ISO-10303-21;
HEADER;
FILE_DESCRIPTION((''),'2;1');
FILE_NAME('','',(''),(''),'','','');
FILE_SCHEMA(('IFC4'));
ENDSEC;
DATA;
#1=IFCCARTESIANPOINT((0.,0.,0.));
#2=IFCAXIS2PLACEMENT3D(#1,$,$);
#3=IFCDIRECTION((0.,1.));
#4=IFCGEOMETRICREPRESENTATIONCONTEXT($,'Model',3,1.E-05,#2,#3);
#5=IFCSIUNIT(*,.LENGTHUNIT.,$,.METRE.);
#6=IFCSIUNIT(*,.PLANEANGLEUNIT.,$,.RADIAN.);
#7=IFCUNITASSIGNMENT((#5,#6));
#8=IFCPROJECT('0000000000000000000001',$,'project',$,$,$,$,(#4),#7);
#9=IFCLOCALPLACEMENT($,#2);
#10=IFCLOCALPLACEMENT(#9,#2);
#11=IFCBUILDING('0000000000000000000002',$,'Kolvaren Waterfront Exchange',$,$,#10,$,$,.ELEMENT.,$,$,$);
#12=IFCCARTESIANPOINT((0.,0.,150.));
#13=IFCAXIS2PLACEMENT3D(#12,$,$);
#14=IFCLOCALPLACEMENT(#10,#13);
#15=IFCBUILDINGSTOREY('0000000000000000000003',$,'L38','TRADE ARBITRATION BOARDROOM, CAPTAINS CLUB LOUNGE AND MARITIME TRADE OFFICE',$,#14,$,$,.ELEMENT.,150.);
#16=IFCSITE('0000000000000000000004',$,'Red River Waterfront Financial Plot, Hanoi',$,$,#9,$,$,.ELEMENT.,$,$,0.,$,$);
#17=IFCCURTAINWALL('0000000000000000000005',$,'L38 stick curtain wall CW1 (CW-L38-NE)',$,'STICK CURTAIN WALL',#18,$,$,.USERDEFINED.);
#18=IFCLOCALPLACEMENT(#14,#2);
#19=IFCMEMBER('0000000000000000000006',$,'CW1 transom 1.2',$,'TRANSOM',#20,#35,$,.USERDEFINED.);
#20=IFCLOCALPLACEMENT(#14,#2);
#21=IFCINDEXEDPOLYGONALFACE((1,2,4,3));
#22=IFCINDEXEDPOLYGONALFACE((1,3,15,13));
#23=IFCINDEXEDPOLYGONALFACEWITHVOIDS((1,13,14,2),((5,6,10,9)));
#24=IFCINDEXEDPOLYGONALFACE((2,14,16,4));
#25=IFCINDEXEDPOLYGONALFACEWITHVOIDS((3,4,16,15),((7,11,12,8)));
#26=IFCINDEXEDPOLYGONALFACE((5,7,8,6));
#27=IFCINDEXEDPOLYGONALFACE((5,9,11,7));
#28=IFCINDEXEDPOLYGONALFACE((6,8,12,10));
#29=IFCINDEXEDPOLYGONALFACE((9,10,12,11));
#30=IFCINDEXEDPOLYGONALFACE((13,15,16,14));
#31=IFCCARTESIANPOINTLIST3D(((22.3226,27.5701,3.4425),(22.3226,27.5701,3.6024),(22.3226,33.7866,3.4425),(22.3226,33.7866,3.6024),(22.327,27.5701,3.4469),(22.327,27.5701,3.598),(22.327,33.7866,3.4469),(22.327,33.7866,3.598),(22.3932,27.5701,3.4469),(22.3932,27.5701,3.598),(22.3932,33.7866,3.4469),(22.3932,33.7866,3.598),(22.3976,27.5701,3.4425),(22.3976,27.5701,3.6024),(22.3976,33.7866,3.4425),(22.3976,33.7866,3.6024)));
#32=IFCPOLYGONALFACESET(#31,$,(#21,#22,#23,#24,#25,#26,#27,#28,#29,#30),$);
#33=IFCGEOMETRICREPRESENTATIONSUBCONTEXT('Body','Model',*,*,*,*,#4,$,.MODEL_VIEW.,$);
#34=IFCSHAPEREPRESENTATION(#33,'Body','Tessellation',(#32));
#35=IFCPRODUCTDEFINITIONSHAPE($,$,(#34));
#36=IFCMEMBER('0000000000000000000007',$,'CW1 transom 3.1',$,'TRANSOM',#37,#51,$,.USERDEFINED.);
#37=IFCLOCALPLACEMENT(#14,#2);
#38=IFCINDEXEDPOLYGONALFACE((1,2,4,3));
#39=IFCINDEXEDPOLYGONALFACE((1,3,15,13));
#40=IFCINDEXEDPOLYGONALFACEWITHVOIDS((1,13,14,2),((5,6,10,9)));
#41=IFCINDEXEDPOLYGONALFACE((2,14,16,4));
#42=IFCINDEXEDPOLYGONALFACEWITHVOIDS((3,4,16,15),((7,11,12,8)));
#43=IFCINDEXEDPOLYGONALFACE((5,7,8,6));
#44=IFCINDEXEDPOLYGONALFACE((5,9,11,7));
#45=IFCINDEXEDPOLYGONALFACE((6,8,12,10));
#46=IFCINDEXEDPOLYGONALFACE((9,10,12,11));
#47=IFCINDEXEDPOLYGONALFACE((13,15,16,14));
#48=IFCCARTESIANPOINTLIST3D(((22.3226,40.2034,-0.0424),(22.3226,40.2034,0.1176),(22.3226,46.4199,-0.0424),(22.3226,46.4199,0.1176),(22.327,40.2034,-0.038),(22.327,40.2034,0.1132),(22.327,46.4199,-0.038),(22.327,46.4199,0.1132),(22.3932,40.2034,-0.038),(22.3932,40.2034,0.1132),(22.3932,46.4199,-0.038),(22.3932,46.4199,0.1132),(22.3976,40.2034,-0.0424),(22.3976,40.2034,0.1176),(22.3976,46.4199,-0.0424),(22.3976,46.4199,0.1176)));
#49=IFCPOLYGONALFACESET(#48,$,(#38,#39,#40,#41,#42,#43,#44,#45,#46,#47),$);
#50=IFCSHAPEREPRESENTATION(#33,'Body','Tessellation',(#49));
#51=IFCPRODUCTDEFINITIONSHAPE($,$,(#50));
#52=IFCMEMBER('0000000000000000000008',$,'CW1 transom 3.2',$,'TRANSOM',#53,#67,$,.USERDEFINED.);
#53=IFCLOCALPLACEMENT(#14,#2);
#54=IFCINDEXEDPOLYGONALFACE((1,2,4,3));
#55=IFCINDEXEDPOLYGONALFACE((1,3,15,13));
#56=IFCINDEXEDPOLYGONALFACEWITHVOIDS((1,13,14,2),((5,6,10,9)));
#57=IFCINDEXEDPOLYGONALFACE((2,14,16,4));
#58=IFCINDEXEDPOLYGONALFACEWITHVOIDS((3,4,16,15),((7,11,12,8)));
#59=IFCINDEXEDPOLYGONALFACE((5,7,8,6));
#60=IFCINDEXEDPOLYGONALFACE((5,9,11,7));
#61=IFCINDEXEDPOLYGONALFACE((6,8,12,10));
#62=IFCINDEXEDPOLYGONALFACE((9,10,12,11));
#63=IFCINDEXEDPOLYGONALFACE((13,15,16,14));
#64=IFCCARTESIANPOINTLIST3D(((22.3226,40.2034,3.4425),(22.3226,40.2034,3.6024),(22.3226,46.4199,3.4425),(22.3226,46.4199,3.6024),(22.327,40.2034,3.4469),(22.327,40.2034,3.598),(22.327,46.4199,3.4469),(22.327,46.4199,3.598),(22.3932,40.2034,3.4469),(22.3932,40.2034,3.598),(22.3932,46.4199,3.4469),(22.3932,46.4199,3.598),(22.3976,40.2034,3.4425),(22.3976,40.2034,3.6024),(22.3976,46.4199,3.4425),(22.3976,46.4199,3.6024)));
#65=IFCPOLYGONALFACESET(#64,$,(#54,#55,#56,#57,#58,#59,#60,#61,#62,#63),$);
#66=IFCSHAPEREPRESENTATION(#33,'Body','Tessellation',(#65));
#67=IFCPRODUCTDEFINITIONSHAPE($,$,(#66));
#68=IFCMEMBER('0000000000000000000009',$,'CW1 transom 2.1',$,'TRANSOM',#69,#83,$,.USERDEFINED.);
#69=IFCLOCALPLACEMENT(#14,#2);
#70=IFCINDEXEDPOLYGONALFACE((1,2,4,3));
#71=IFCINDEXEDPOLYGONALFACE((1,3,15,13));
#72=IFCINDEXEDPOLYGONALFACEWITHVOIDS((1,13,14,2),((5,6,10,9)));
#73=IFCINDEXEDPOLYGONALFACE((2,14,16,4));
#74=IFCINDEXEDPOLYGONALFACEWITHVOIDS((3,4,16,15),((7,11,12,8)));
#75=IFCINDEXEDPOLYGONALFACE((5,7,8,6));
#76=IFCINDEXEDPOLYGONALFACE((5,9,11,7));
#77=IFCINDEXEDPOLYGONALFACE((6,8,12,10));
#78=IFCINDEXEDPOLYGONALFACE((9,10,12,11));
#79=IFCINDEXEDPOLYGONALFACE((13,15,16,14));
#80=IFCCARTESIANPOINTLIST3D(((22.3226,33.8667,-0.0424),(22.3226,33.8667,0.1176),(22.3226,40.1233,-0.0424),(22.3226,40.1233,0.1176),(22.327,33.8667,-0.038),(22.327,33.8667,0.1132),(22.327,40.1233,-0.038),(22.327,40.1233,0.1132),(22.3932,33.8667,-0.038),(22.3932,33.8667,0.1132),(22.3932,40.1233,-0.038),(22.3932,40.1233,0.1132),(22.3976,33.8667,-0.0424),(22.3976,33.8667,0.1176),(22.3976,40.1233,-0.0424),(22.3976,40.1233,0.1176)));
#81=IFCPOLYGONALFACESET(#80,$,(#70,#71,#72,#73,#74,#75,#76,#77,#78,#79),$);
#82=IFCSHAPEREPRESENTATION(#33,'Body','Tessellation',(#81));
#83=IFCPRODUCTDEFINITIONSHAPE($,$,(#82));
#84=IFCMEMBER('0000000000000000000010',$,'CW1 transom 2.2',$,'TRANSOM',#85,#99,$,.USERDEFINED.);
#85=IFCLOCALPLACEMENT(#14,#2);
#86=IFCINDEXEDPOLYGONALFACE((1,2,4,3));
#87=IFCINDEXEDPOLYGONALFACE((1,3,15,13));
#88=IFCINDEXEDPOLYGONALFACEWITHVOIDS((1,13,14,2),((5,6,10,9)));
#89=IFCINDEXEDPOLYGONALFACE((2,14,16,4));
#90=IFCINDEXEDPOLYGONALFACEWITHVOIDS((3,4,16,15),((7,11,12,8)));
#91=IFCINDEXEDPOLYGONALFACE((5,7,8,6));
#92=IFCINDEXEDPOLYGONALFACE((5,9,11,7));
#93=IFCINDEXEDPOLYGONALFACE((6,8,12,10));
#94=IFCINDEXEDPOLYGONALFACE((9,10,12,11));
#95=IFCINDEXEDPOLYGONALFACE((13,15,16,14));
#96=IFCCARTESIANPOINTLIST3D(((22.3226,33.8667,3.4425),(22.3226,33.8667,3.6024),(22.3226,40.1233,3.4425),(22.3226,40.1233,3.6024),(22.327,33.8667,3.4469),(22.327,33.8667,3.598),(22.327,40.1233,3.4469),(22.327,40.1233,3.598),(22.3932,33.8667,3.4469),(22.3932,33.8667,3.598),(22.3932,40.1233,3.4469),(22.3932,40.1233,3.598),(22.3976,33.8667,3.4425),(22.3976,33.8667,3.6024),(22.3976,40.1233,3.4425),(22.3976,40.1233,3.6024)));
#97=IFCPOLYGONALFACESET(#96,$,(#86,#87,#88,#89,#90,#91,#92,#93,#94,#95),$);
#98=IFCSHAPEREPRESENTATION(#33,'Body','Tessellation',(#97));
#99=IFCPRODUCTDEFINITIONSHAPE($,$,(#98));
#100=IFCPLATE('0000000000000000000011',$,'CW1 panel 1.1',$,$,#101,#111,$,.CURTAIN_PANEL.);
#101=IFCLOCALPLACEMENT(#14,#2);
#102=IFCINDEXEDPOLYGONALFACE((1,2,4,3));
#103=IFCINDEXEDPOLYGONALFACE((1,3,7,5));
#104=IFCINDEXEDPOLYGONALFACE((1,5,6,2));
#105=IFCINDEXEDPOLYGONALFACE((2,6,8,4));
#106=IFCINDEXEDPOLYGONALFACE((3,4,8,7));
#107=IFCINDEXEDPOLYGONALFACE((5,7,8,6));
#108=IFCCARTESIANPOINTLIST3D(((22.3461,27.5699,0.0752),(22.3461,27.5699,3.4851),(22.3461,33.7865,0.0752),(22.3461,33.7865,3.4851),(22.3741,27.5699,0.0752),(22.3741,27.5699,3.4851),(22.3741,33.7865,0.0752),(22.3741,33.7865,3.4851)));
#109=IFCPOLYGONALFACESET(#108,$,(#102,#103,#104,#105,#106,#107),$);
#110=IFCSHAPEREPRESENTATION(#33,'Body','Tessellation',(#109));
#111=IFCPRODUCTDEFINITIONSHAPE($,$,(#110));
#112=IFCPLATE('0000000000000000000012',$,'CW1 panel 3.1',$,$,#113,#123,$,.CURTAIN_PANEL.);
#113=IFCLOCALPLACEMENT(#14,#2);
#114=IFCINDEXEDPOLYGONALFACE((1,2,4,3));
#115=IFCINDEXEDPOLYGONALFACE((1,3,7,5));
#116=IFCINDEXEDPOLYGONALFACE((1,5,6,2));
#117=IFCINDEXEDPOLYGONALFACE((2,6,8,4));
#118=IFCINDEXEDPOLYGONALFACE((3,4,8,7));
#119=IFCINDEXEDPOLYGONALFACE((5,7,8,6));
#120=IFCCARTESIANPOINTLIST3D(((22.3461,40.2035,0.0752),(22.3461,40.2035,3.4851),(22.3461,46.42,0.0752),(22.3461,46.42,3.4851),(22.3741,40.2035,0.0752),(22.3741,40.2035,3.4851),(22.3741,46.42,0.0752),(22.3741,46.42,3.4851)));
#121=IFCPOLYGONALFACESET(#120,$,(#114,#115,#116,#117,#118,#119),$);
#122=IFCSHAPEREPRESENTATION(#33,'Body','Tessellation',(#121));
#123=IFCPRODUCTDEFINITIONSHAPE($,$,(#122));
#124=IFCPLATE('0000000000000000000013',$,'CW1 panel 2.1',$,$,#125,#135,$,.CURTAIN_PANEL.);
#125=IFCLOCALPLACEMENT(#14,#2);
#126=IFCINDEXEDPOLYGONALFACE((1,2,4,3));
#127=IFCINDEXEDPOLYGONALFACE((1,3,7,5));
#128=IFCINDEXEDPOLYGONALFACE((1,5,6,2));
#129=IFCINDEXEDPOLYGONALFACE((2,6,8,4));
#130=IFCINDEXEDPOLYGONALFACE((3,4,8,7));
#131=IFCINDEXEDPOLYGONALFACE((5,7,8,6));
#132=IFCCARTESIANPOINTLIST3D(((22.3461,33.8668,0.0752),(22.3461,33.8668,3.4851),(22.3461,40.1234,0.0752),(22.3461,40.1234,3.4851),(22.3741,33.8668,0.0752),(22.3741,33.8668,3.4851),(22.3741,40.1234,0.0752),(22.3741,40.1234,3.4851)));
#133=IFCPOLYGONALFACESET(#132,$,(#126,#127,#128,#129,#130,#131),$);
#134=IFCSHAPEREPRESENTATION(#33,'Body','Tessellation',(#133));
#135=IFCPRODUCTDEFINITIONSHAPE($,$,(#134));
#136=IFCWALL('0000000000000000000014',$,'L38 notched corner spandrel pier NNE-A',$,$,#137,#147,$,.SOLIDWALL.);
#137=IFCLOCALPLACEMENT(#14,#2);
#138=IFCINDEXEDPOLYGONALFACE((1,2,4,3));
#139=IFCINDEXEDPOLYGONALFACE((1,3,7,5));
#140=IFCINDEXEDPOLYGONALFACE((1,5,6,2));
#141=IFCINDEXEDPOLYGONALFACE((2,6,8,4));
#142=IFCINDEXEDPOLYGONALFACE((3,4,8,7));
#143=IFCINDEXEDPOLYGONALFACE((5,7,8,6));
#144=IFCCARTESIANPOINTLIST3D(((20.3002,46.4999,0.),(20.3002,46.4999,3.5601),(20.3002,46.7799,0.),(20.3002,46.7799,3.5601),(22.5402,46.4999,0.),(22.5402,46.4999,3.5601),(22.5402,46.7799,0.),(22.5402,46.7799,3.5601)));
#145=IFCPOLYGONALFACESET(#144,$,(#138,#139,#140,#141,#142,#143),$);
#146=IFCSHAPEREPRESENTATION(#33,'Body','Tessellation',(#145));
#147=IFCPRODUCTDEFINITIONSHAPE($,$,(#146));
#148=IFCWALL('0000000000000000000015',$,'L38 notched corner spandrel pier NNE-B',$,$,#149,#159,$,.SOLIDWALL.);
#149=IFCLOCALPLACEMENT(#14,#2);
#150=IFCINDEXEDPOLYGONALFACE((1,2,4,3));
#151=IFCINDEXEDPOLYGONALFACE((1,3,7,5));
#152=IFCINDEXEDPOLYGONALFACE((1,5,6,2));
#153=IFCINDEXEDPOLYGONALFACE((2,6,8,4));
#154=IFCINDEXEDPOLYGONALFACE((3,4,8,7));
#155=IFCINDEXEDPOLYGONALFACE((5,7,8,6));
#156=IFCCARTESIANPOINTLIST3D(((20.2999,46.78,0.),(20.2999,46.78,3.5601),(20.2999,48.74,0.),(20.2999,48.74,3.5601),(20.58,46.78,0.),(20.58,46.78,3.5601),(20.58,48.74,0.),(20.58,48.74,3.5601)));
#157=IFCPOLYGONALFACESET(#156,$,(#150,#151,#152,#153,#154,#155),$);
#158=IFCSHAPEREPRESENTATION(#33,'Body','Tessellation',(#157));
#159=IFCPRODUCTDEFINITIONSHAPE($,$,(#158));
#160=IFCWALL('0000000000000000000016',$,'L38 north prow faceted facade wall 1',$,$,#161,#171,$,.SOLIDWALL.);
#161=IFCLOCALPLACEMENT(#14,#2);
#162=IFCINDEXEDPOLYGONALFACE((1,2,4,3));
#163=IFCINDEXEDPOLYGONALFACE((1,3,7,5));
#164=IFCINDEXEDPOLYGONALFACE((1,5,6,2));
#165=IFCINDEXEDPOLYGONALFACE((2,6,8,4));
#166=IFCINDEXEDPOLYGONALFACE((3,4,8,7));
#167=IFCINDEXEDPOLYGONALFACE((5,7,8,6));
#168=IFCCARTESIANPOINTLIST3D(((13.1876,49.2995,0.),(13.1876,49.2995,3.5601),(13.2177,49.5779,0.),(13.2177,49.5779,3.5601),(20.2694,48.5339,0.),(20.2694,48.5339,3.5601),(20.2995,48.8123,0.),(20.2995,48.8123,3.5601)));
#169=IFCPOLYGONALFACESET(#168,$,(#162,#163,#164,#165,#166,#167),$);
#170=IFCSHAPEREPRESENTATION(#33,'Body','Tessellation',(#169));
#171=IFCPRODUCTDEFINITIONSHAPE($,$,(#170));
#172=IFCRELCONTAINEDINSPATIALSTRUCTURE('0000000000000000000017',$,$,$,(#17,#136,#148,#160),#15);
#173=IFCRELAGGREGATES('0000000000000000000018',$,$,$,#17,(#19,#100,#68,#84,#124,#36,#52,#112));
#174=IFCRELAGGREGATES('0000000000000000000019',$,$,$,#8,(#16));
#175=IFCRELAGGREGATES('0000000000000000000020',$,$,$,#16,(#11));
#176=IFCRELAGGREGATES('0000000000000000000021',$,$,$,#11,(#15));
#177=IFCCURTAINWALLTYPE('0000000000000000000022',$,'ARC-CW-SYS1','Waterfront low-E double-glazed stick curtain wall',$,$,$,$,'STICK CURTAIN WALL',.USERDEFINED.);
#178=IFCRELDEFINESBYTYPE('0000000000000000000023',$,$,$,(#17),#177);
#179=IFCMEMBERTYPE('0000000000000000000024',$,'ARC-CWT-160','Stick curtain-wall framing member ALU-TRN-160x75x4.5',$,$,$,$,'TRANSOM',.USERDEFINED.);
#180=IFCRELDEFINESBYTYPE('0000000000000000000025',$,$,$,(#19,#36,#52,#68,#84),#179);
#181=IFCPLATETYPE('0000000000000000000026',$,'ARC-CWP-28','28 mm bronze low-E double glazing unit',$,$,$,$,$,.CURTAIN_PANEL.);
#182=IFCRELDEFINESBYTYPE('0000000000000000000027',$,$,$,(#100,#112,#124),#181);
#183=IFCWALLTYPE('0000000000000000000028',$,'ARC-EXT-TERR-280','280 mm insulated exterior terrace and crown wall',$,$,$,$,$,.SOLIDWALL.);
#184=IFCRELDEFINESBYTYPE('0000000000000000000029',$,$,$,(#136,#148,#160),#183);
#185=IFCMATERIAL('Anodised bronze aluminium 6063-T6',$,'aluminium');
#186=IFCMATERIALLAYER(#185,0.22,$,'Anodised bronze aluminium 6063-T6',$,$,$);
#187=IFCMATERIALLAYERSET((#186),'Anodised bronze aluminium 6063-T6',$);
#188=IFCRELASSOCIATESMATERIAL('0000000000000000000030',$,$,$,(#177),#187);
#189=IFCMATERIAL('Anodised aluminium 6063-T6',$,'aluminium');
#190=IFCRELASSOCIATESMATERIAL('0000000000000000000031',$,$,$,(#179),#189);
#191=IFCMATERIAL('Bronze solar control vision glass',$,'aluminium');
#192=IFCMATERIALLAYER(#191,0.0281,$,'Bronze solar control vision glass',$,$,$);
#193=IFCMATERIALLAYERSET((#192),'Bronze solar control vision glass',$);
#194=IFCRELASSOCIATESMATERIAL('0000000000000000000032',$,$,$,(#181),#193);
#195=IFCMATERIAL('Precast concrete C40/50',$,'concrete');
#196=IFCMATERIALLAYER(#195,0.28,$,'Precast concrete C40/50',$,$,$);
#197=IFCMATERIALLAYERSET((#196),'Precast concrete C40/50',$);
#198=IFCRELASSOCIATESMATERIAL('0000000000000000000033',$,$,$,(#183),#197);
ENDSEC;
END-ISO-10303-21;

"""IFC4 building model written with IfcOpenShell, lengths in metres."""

from ifc_helpers import new_model, si_unit, direction, frame, frame_2d, origin, origin_with_axes, origin_2d, place, context, subcontext, project, spatial, rectangle, hollow_rectangle, extrude, source, transform, mapped, material, layer, layer_set, material_profile, profile_set, type_object, element, aggregate, save


model = new_model("IFC4")

# Units and contexts
model_context = context("Model", 3, precision=1e-05, world=origin(), true_north=direction((0.0, 1.0)))
body_context = subcontext(model_context, "Body", "Model", "MODEL_VIEW")
ifc_project = project(units=[si_unit("LENGTHUNIT", "METRE"), si_unit("PLANEANGLEUNIT", "RADIAN")], contexts=[model_context])

# Site, building, storey
site_placement = place(None, origin())
site = spatial("IfcSite", under=ifc_project, at=site_placement, Name="Red River Waterfront Financial Plot, Hanoi", CompositionType="ELEMENT", RefElevation=0.0)
building_placement = place(site_placement, origin())
building = spatial("IfcBuilding", under=site, at=building_placement, Name="Kolvaren Waterfront Exchange", CompositionType="ELEMENT")
storey_placement = place(building_placement, frame((0.0, 0.0, 150.0)))
storey = spatial("IfcBuildingStorey", under=building, at=storey_placement, Name="L38", Description="TRADE ARBITRATION BOARDROOM, CAPTAINS CLUB LOUNGE AND MARITIME TRADE OFFICE", CompositionType="ELEMENT", Elevation=150.0)

# Curtain wall, members, plates
ifc_material_1 = material(Name="Anodised bronze aluminium 6063-T6", Category="aluminium")
ifc_layer_1 = layer(ifc_material_1, 0.22, Name="Anodised bronze aluminium 6063-T6")
ifc_layer_set_1 = layer_set([ifc_layer_1], Name="Anodised bronze aluminium 6063-T6")
curtain_wall_type = type_object("IfcCurtainWallType", Name="ARC-CW-SYS1", Description="Waterfront low-E double-glazed stick curtain wall", ElementType="STICK CURTAIN WALL", PredefinedType="USERDEFINED", material=ifc_layer_set_1)
curtain_wall_placement = place(storey_placement, origin())
curtain_wall = element("IfcCurtainWall", 1, at=curtain_wall_placement, inside=storey, type_object=curtain_wall_type, Name="L38 stick curtain wall CW1 (CW-L38-NE)", ObjectType="STICK CURTAIN WALL", PredefinedType="USERDEFINED")
ifc_material_2 = material(Name="Anodised aluminium 6063-T6", Category="aluminium")
ifc_material_profile_1 = material_profile(ifc_material_2, hollow_rectangle(XDim=0.075, YDim=0.1599, WallThickness=0.0044, at=origin_2d()), Name="ALU-TRN-160x75x4.5")
ifc_profile_set_1 = profile_set([ifc_material_profile_1], Name="Anodised aluminium 6063-T6")
member_type_1 = type_object("IfcMemberType", Name="ARC-CWT-160", Description="Stick curtain-wall framing member ALU-TRN-160x75x4.5", ElementType="TRANSOM", PredefinedType="USERDEFINED", material=ifc_profile_set_1)
shared_shape_1 = source(origin_with_axes(), body_context, "Body", "SweptSolid", [
    extrude(hollow_rectangle(XDim=0.075, YDim=0.1599, WallThickness=0.0044, at=origin_2d()), origin(), (0.0, 0.0, 1.0), 6.2166),
])
member_1_placement = place(storey_placement, frame((22.3601, 27.5701, 3.5225), z_axis=(0.0, 1.0, 0.0), x_axis=(-1.0, 0.0, 0.0)))
member_1 = element("IfcMember", 2, at=member_1_placement, type_object=member_type_1, Name="CW1 transom 1.2", ObjectType="TRANSOM", PredefinedType="USERDEFINED", context=body_context, shape_type="MappedRepresentation", body=[
    mapped(shared_shape_1, transform((0.0, 0.0, 0.0), x_axis=(1.0, 0.0, 0.0), y_axis=(0.0, 1.0, 0.0), z_axis=(0.0, 0.0, 1.0), scale=1.0)),
])
member_2_placement = place(storey_placement, frame((22.3601, 40.2034, 0.0376), z_axis=(0.0, 1.0, 0.0), x_axis=(-1.0, 0.0, 0.0)))
member_2 = element("IfcMember", 3, at=member_2_placement, type_object=member_type_1, Name="CW1 transom 3.1", ObjectType="TRANSOM", PredefinedType="USERDEFINED", context=body_context, shape_type="MappedRepresentation", body=[
    mapped(shared_shape_1, transform((0.0, 0.0, 0.0), x_axis=(1.0, 0.0, 0.0), y_axis=(0.0, 1.0, 0.0), z_axis=(0.0, 0.0, 1.0), scale=1.0)),
])
member_3_placement = place(storey_placement, frame((22.3601, 40.2034, 3.5225), z_axis=(0.0, 1.0, 0.0), x_axis=(-1.0, 0.0, 0.0)))
member_3 = element("IfcMember", 4, at=member_3_placement, type_object=member_type_1, Name="CW1 transom 3.2", ObjectType="TRANSOM", PredefinedType="USERDEFINED", context=body_context, shape_type="MappedRepresentation", body=[
    mapped(shared_shape_1, transform((0.0, 0.0, 0.0), x_axis=(1.0, 0.0, 0.0), y_axis=(0.0, 1.0, 0.0), z_axis=(0.0, 0.0, 1.0), scale=1.0)),
])
shared_shape_2 = source(origin_with_axes(), body_context, "Body", "SweptSolid", [
    extrude(hollow_rectangle(XDim=0.075, YDim=0.1599, WallThickness=0.0044, at=origin_2d()), origin(), (0.0, 0.0, 1.0), 6.2566),
])
member_4_placement = place(storey_placement, frame((22.3601, 33.8667, 0.0376), z_axis=(0.0, 1.0, 0.0), x_axis=(-1.0, 0.0, 0.0)))
member_4 = element("IfcMember", 5, at=member_4_placement, type_object=member_type_1, Name="CW1 transom 2.1", ObjectType="TRANSOM", PredefinedType="USERDEFINED", context=body_context, shape_type="MappedRepresentation", body=[
    mapped(shared_shape_2, transform((0.0, 0.0, 0.0), x_axis=(1.0, 0.0, 0.0), y_axis=(0.0, 1.0, 0.0), z_axis=(0.0, 0.0, 1.0), scale=1.0)),
])
member_5_placement = place(storey_placement, frame((22.3601, 33.8667, 3.5225), z_axis=(0.0, 1.0, 0.0), x_axis=(-1.0, 0.0, 0.0)))
member_5 = element("IfcMember", 6, at=member_5_placement, type_object=member_type_1, Name="CW1 transom 2.2", ObjectType="TRANSOM", PredefinedType="USERDEFINED", context=body_context, shape_type="MappedRepresentation", body=[
    mapped(shared_shape_2, transform((0.0, 0.0, 0.0), x_axis=(1.0, 0.0, 0.0), y_axis=(0.0, 1.0, 0.0), z_axis=(0.0, 0.0, 1.0), scale=1.0)),
])
ifc_material_3 = material(Name="Bronze solar control vision glass", Category="aluminium")
ifc_layer_2 = layer(ifc_material_3, 0.0281, Name="Bronze solar control vision glass")
ifc_layer_set_2 = layer_set([ifc_layer_2], Name="Bronze solar control vision glass")
plate_type = type_object("IfcPlateType", Name="ARC-CWP-28", Description="28 mm bronze low-E double glazing unit", PredefinedType="CURTAIN_PANEL", material=ifc_layer_set_2)
shared_shape_3 = source(origin_with_axes(), body_context, "Body", "SweptSolid", [
    extrude(rectangle(XDim=6.2166, YDim=0.0281, at=origin_2d()), origin(), (0.0, 0.0, 1.0), 3.4099),
])
plate_1_placement = place(storey_placement, frame((22.3601, 30.6782, 0.0752), z_axis=(0.0, 0.0, 1.0), x_axis=(0.0, 1.0, 0.0)))
plate_1 = element("IfcPlate", 7, at=plate_1_placement, type_object=plate_type, Name="CW1 panel 1.1", PredefinedType="CURTAIN_PANEL", context=body_context, shape_type="MappedRepresentation", body=[
    mapped(shared_shape_3, transform((0.0, 0.0, 0.0), x_axis=(1.0, 0.0, 0.0), y_axis=(0.0, 1.0, 0.0), z_axis=(0.0, 0.0, 1.0), scale=1.0)),
])
plate_2_placement = place(storey_placement, frame((22.3601, 43.3118, 0.0752), z_axis=(0.0, 0.0, 1.0), x_axis=(0.0, 1.0, 0.0)))
plate_2 = element("IfcPlate", 8, at=plate_2_placement, type_object=plate_type, Name="CW1 panel 3.1", PredefinedType="CURTAIN_PANEL", context=body_context, shape_type="MappedRepresentation", body=[
    mapped(shared_shape_3, transform((0.0, 0.0, 0.0), x_axis=(1.0, 0.0, 0.0), y_axis=(0.0, 1.0, 0.0), z_axis=(0.0, 0.0, 1.0), scale=1.0)),
])
shared_shape_4 = source(origin_with_axes(), body_context, "Body", "SweptSolid", [
    extrude(rectangle(XDim=6.2566, YDim=0.0281, at=origin_2d()), origin(), (0.0, 0.0, 1.0), 3.4099),
])
plate_3_placement = place(storey_placement, frame((22.3601, 36.9951, 0.0752), z_axis=(0.0, 0.0, 1.0), x_axis=(0.0, 1.0, 0.0)))
plate_3 = element("IfcPlate", 9, at=plate_3_placement, type_object=plate_type, Name="CW1 panel 2.1", PredefinedType="CURTAIN_PANEL", context=body_context, shape_type="MappedRepresentation", body=[
    mapped(shared_shape_4, transform((0.0, 0.0, 0.0), x_axis=(1.0, 0.0, 0.0), y_axis=(0.0, 1.0, 0.0), z_axis=(0.0, 0.0, 1.0), scale=1.0)),
])
aggregate(curtain_wall, [member_1, plate_1, member_4, member_5, plate_3, member_2, member_3, plate_2])

# Walls
ifc_material_4 = material(Name="Precast concrete C40/50", Category="concrete")
ifc_layer_3 = layer(ifc_material_4, 0.28, Name="Precast concrete C40/50")
ifc_layer_set_3 = layer_set([ifc_layer_3], Name="Precast concrete C40/50")
wall_type = type_object("IfcWallType", Name="ARC-EXT-TERR-280", Description="280 mm insulated exterior terrace and crown wall", PredefinedType="SOLIDWALL", material=ifc_layer_set_3)
wall_1_placement = place(storey_placement, frame((20.3, 46.6399, 0.0), z_axis=(0.0, 0.0, 1.0), x_axis=(1.0, 0.0, 0.0)))
element("IfcWall", 10, at=wall_1_placement, inside=storey, type_object=wall_type, Name="L38 notched corner spandrel pier NNE-A", PredefinedType="SOLIDWALL", context=body_context, shape_type="SweptSolid", body=[
    extrude(rectangle(XDim=2.24, YDim=0.28, at=frame_2d((1.1201, 0.0))), origin(), (0.0, 0.0, 1.0), 3.5601),
])
wall_2_placement = place(storey_placement, frame((20.4399, 46.78, 0.0), z_axis=(0.0, 0.0, 1.0), x_axis=(0.0, 1.0, 0.0)))
element("IfcWall", 11, at=wall_2_placement, inside=storey, type_object=wall_type, Name="L38 notched corner spandrel pier NNE-B", PredefinedType="SOLIDWALL", context=body_context, shape_type="SweptSolid", body=[
    extrude(rectangle(XDim=1.96, YDim=0.28, at=frame_2d((0.98, 0.0))), origin(), (0.0, 0.0, 1.0), 3.5601),
])
wall_3_placement = place(storey_placement, frame((20.2844, 48.6731, 0.0), z_axis=(0.0, 0.0, 1.0), x_axis=(-0.994207, 0.107486, 0.0)))
element("IfcWall", 12, at=wall_3_placement, inside=storey, type_object=wall_type, Name="L38 north prow faceted facade wall 1", PredefinedType="SOLIDWALL", context=body_context, shape_type="SweptSolid", body=[
    extrude(rectangle(XDim=7.123, YDim=0.28, at=frame_2d((3.5615, 0.0))), origin(), (0.0, 0.0, 1.0), 3.5601),
])

save(model, "model.ifc")
